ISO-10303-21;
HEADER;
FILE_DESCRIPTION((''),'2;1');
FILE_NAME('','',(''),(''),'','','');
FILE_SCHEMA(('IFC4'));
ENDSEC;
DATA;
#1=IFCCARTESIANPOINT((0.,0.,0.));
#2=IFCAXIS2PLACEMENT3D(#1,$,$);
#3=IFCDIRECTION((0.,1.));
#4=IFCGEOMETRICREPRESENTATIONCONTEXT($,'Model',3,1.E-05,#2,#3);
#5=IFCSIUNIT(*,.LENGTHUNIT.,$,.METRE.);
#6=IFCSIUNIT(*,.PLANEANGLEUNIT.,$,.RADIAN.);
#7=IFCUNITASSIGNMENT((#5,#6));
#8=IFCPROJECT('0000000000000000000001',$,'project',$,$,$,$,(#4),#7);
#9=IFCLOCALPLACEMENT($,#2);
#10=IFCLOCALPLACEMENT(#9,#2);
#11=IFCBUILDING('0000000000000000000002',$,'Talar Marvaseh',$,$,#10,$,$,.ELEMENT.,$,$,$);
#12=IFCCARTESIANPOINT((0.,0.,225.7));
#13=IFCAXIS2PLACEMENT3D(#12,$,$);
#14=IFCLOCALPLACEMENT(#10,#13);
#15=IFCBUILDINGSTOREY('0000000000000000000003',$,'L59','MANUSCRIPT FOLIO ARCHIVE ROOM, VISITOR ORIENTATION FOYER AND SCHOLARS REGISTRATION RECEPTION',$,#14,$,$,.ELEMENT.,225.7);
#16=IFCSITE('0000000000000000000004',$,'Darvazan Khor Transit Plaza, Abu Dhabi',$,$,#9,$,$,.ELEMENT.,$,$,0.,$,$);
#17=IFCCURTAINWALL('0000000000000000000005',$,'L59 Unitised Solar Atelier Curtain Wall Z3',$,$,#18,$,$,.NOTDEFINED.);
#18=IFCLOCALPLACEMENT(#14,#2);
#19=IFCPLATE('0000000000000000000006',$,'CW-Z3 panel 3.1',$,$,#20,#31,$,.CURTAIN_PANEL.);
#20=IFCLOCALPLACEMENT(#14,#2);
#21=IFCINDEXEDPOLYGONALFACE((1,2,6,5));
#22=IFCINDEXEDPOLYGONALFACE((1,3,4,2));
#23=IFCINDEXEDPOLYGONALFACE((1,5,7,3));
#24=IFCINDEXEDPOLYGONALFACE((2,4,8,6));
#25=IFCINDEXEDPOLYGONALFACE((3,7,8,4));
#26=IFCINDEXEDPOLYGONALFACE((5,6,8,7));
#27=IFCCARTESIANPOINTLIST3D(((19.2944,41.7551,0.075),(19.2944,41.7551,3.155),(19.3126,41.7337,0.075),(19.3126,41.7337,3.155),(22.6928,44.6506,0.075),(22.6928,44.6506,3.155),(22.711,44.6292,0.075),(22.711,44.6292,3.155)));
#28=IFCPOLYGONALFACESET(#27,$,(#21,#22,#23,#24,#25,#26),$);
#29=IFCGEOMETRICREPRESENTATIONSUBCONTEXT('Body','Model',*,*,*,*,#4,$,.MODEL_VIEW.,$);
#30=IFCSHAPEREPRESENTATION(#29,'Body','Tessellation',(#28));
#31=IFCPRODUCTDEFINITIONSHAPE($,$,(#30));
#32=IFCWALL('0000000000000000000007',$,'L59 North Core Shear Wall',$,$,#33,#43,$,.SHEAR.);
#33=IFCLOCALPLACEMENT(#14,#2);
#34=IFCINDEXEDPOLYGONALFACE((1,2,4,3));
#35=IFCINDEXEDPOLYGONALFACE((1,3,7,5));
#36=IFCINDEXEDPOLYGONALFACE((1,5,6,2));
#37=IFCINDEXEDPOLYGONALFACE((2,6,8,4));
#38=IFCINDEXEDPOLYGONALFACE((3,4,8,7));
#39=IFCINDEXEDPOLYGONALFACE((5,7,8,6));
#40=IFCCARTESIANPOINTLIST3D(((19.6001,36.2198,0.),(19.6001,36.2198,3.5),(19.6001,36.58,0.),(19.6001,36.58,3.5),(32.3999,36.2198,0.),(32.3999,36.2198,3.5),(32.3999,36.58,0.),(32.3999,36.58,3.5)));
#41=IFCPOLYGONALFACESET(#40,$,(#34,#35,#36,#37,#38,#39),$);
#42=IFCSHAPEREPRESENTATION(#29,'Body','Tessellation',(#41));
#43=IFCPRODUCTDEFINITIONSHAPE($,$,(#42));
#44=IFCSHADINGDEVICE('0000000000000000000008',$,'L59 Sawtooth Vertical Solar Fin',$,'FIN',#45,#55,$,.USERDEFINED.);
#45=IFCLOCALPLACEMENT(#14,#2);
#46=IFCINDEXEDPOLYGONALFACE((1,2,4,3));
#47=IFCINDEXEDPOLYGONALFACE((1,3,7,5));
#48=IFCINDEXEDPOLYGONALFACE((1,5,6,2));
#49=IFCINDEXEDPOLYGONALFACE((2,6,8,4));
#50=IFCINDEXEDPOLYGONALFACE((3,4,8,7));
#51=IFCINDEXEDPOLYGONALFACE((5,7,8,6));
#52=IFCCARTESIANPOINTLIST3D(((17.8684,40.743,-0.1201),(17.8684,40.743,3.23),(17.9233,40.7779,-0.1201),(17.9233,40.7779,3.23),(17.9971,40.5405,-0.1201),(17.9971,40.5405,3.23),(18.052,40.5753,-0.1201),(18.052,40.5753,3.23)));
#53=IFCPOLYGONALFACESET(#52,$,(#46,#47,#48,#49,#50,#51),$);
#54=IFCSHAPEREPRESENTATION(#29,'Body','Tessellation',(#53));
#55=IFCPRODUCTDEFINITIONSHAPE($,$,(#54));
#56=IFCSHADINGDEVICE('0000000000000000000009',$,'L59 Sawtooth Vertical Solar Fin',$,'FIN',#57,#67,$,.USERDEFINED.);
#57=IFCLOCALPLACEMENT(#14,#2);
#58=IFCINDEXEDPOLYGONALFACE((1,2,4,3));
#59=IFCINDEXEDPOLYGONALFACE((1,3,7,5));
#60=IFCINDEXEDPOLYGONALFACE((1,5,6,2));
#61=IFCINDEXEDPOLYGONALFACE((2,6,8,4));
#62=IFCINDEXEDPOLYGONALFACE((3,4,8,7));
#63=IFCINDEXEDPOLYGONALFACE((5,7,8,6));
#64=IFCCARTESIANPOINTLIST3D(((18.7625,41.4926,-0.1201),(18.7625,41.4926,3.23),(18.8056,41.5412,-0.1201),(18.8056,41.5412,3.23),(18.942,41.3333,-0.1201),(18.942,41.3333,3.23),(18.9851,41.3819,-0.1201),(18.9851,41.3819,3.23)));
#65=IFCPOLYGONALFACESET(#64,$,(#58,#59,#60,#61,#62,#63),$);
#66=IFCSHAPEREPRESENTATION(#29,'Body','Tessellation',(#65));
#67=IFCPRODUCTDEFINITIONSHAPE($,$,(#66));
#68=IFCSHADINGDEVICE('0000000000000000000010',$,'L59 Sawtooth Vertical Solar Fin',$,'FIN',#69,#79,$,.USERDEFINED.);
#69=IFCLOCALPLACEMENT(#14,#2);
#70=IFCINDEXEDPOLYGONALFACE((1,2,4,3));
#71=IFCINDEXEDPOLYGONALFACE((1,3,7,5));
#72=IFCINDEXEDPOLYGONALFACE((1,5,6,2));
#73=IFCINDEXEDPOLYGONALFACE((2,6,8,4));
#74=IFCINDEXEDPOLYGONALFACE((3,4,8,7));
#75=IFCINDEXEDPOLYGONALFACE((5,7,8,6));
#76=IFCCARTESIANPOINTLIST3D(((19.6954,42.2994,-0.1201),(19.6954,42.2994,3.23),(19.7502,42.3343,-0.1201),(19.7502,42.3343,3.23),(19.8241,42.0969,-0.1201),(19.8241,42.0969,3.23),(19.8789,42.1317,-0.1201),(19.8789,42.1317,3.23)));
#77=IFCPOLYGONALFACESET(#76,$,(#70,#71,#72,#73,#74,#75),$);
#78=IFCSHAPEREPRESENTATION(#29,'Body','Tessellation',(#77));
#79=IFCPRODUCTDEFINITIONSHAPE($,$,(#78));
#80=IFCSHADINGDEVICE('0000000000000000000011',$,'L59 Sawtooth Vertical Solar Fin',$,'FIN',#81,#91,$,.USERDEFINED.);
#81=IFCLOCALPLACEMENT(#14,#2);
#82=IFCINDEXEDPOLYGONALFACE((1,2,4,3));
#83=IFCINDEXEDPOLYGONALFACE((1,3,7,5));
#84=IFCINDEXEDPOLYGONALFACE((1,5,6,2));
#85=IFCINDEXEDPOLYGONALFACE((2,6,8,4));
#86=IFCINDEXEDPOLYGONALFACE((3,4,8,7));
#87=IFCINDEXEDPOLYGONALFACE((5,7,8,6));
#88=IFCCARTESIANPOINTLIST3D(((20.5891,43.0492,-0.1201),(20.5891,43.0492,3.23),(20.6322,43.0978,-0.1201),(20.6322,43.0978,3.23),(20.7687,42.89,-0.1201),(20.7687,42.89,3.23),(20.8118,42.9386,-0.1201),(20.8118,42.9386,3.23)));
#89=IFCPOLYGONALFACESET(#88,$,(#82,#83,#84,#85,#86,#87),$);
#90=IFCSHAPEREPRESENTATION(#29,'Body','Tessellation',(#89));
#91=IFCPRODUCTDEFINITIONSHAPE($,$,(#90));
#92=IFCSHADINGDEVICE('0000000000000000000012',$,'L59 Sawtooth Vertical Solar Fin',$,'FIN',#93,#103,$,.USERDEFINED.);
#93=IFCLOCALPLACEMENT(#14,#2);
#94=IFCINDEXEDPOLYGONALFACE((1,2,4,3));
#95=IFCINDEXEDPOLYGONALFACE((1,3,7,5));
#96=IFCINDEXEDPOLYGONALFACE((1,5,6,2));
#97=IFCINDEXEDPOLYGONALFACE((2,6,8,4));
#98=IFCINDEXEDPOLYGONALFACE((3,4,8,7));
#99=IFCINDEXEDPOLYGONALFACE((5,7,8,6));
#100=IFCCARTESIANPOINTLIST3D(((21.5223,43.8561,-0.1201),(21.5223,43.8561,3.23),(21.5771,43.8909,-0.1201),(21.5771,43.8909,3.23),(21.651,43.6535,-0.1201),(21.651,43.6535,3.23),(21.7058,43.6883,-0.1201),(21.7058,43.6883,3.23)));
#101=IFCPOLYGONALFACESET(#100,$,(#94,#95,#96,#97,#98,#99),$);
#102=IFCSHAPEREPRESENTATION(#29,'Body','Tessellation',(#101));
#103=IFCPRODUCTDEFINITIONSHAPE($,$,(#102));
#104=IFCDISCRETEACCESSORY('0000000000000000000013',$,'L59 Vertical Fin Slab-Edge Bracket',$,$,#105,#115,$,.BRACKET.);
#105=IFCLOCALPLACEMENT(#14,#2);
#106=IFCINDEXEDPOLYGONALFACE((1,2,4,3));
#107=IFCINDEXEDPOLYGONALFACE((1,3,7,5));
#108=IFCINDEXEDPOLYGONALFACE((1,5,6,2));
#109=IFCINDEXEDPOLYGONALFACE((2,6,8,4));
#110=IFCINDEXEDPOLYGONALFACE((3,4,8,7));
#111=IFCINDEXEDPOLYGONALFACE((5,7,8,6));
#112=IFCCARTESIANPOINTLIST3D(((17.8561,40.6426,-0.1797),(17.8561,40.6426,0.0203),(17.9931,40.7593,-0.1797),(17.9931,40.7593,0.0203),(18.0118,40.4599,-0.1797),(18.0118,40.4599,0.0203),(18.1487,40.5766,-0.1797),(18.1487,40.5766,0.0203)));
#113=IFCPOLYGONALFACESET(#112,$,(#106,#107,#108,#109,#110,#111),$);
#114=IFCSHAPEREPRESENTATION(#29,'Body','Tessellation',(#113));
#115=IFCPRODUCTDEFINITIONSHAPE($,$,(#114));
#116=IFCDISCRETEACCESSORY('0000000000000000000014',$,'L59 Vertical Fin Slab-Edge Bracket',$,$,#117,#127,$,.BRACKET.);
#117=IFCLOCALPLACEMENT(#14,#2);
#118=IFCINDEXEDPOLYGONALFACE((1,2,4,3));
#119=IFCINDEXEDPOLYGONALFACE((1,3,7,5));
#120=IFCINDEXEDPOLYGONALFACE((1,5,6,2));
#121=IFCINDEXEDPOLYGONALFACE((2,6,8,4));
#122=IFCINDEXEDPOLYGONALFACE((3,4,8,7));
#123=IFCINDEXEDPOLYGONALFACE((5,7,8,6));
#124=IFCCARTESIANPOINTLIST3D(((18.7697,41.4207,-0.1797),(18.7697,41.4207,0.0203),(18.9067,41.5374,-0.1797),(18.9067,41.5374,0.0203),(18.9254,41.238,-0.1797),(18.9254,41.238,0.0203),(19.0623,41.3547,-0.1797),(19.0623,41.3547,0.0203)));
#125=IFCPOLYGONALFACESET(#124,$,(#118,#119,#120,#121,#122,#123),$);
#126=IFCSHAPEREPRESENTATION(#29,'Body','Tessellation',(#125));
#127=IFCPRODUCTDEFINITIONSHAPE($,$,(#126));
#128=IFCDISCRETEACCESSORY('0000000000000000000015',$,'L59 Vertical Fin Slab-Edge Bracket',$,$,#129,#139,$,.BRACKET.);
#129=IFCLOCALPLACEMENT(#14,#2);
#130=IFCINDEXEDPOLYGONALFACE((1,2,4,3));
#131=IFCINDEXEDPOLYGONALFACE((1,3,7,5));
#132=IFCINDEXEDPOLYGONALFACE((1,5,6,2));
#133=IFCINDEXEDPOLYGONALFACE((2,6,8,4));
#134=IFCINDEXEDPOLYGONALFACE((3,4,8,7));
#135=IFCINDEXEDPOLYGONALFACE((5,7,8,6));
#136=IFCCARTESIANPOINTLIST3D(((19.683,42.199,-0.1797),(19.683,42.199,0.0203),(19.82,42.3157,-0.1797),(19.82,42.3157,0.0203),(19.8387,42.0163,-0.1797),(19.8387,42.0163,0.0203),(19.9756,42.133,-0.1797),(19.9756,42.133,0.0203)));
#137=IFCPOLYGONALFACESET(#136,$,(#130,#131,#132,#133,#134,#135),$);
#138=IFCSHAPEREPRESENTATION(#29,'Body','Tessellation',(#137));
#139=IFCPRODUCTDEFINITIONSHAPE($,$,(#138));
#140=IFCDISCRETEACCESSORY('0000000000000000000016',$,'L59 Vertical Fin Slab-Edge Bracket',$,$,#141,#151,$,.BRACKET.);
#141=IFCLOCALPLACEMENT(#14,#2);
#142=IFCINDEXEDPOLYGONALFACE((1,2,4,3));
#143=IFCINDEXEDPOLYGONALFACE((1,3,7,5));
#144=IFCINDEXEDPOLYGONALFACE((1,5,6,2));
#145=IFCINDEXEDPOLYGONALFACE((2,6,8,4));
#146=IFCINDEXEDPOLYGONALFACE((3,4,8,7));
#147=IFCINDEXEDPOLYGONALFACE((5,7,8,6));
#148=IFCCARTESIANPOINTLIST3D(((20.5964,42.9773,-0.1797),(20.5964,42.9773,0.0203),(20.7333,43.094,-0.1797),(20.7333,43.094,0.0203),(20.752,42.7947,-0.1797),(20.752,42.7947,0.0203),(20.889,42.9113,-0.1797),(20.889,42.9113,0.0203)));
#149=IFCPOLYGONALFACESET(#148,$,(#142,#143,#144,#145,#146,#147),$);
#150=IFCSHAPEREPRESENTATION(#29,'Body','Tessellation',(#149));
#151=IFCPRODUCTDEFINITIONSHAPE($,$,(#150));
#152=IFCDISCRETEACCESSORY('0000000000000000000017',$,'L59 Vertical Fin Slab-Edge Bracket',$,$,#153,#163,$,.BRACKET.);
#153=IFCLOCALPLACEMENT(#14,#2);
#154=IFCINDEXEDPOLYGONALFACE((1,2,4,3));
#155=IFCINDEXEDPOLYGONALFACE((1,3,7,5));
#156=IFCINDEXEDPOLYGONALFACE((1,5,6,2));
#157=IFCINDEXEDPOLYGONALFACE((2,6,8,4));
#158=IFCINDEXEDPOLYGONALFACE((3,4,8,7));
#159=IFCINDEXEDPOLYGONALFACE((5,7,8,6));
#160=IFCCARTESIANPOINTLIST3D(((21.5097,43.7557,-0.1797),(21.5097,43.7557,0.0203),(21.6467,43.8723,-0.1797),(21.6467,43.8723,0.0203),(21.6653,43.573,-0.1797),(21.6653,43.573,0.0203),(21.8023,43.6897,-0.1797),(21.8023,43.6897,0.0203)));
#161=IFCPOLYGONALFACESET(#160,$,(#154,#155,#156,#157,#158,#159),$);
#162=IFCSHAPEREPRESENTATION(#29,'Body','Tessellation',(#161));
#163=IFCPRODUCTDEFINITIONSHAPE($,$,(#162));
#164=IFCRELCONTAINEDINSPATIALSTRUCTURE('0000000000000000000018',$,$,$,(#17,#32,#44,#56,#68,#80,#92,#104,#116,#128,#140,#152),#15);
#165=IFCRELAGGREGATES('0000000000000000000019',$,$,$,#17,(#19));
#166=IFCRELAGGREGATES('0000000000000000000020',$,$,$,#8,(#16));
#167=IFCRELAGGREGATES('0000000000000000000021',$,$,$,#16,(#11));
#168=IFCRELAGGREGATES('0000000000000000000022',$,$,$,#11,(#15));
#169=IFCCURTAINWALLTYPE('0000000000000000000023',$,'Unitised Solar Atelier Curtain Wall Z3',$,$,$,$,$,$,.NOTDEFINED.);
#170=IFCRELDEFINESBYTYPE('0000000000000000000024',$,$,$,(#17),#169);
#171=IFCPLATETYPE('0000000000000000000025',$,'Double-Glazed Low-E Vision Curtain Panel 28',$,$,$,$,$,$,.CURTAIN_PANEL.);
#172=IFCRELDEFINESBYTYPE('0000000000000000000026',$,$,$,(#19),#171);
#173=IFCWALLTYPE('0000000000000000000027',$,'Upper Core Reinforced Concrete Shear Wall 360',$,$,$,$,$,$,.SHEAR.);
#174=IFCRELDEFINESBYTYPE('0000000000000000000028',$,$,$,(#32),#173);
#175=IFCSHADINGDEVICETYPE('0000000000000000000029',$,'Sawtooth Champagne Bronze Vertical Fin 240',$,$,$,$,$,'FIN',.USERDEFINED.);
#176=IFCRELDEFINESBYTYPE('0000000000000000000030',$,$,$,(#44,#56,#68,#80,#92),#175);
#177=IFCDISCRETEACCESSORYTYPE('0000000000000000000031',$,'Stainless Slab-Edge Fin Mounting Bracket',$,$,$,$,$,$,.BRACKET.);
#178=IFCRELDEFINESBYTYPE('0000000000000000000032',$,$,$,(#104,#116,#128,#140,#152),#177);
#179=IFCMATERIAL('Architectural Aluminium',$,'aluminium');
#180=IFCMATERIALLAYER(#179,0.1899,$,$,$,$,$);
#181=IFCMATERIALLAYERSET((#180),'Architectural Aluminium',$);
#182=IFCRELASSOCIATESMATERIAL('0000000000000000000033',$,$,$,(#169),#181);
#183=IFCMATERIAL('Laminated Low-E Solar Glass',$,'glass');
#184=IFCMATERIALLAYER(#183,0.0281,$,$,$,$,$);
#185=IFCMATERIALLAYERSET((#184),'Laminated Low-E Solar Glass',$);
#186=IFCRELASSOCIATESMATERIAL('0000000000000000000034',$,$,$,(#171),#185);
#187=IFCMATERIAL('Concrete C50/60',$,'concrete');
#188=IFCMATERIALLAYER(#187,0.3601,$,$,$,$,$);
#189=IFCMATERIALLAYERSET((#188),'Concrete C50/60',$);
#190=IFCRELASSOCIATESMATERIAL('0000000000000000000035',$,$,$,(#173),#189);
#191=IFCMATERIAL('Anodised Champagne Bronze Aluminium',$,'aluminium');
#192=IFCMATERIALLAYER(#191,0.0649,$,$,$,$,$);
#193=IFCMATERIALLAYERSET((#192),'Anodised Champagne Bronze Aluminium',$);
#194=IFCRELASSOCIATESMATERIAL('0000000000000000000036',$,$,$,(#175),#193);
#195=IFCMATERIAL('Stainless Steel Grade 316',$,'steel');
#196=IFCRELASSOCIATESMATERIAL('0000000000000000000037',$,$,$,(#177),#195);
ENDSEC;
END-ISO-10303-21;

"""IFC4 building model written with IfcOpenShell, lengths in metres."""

from ifc_helpers import new_model, si_unit, direction, frame, frame_2d, origin, origin_2d, place, context, subcontext, project, spatial, rectangle, extrude, source, transform, mapped, material, layer, layer_set, type_object, type_shapes, element, aggregate, save


model = new_model("IFC4")

# Units and contexts
model_context = context("Model", 3, precision=1e-05, world=origin(), true_north=direction((0.0, 1.0)))
body_context = subcontext(model_context, "Body", "Model", "MODEL_VIEW")
ifc_project = project(units=[si_unit("LENGTHUNIT", "METRE"), si_unit("PLANEANGLEUNIT", "RADIAN")], contexts=[model_context])

# Site, building, storey
site_placement = place(None, origin())
site = spatial("IfcSite", under=ifc_project, at=site_placement, Name="Darvazan Khor Transit Plaza, Abu Dhabi", CompositionType="ELEMENT", RefElevation=0.0)
building_placement = place(site_placement, origin())
building = spatial("IfcBuilding", under=site, at=building_placement, Name="Talar Marvaseh", CompositionType="ELEMENT")
storey_placement = place(building_placement, frame((0.0, 0.0, 225.7)))
storey = spatial("IfcBuildingStorey", under=building, at=storey_placement, Name="L59", Description="MANUSCRIPT FOLIO ARCHIVE ROOM, VISITOR ORIENTATION FOYER AND SCHOLARS REGISTRATION RECEPTION", CompositionType="ELEMENT", Elevation=225.7)

# Curtain wall, plate
ifc_material_1 = material(Name="Architectural Aluminium", Category="aluminium")
ifc_layer_1 = layer(ifc_material_1, 0.1899)
ifc_layer_set_1 = layer_set([ifc_layer_1], Name="Architectural Aluminium")
curtain_wall_type = type_object("IfcCurtainWallType", Name="Unitised Solar Atelier Curtain Wall Z3", PredefinedType="NOTDEFINED", material=ifc_layer_set_1)
curtain_wall_placement = place(storey_placement, origin())
curtain_wall = element("IfcCurtainWall", 1, at=curtain_wall_placement, inside=storey, type_object=curtain_wall_type, Name="L59 Unitised Solar Atelier Curtain Wall Z3", PredefinedType="NOTDEFINED")
ifc_material_2 = material(Name="Laminated Low-E Solar Glass", Category="glass")
ifc_layer_2 = layer(ifc_material_2, 0.0281)
ifc_layer_set_2 = layer_set([ifc_layer_2], Name="Laminated Low-E Solar Glass")
plate_type = type_object("IfcPlateType", Name="Double-Glazed Low-E Vision Curtain Panel 28", PredefinedType="CURTAIN_PANEL", material=ifc_layer_set_2)
shared_shape_1 = source(origin(), body_context, "Body", "SweptSolid", [
    extrude(rectangle(XDim=4.4646, YDim=0.0281, at=origin_2d()), origin(), (0.0, 0.0, 1.0), 3.0801),
])
type_shapes(plate_type, [shared_shape_1])
plate_placement = place(storey_placement, frame((21.0027, 43.1921, 0.075), z_axis=(0.0, 0.0, 1.0), x_axis=(0.761176, 0.648546, 0.0)))
plate = element("IfcPlate", 2, at=plate_placement, type_object=plate_type, Name="CW-Z3 panel 3.1", PredefinedType="CURTAIN_PANEL", context=body_context, shape_type="MappedRepresentation", body=[
    mapped(shared_shape_1, transform((0.0, 0.0, 0.0), x_axis=(1.0, 0.0, 0.0), y_axis=(0.0, 1.0, 0.0), z_axis=(0.0, 0.0, 1.0), scale=1.0)),
])
aggregate(curtain_wall, [plate])

# Wall
ifc_material_3 = material(Name="Concrete C50/60", Category="concrete")
ifc_layer_3 = layer(ifc_material_3, 0.3601)
ifc_layer_set_3 = layer_set([ifc_layer_3], Name="Concrete C50/60")
wall_type = type_object("IfcWallType", Name="Upper Core Reinforced Concrete Shear Wall 360", PredefinedType="SHEAR", material=ifc_layer_set_3)
wall_placement = place(storey_placement, frame((19.6001, 36.3999, 0.0), z_axis=(0.0, 0.0, 1.0), x_axis=(1.0, 0.0, 0.0)))
element("IfcWall", 3, at=wall_placement, inside=storey, type_object=wall_type, Name="L59 North Core Shear Wall", PredefinedType="SHEAR", context=body_context, shape_type="SweptSolid", body=[
    extrude(rectangle(XDim=12.7998, YDim=0.3601, at=frame_2d((6.3999, 0.0))), origin(), (0.0, 0.0, 1.0), 3.5),
])

# Shading devices
ifc_material_4 = material(Name="Anodised Champagne Bronze Aluminium", Category="aluminium")
ifc_layer_4 = layer(ifc_material_4, 0.0649)
ifc_layer_set_4 = layer_set([ifc_layer_4], Name="Anodised Champagne Bronze Aluminium")
shading_device_type = type_object("IfcShadingDeviceType", Name="Sawtooth Champagne Bronze Vertical Fin 240", ElementType="FIN", PredefinedType="USERDEFINED", material=ifc_layer_set_4)
shared_shape_2 = source(origin(), body_context, "Body", "SweptSolid", [
    extrude(rectangle(XDim=0.24, YDim=0.0649, at=origin_2d()), origin(), (0.0, 0.0, 1.0), 3.3501),
])
type_shapes(shading_device_type, [shared_shape_2])
for number, where, z_axis, x_axis, name in (
    (4, (17.9602, 40.6592, -0.1201), (0.0, 0.0, 1.0), (-0.536269, 0.844047, 0.0), "L59 Sawtooth Vertical Solar Fin"),
    (5, (18.8738, 41.4373, -0.1201), (0.0, 0.0, 1.0), (-0.748146, 0.663535, 0.0), "L59 Sawtooth Vertical Solar Fin"),
    (6, (19.7871, 42.2156, -0.1201), (0.0, 0.0, 1.0), (-0.536269, 0.844047, 0.0), "L59 Sawtooth Vertical Solar Fin"),
    (7, (20.7004, 42.9939, -0.1201), (0.0, 0.0, 1.0), (-0.748146, 0.663535, 0.0), "L59 Sawtooth Vertical Solar Fin"),
    (8, (21.614, 43.7722, -0.1201), (0.0, 0.0, 1.0), (-0.536269, 0.844047, 0.0), "L59 Sawtooth Vertical Solar Fin"),
):
    element("IfcShadingDevice", number, at=place(storey_placement, frame(where, z_axis=z_axis, x_axis=x_axis)), inside=storey, type_object=shading_device_type, Name=name, ObjectType="FIN", PredefinedType="USERDEFINED", context=body_context, shape_type="MappedRepresentation", body=[
        mapped(shared_shape_2, transform((0.0, 0.0, 0.0), x_axis=(1.0, 0.0, 0.0), y_axis=(0.0, 1.0, 0.0), z_axis=(0.0, 0.0, 1.0), scale=1.0)),
    ])

# Discrete accessories
ifc_material_5 = material(Name="Stainless Steel Grade 316", Category="steel")
discrete_accessory_type = type_object("IfcDiscreteAccessoryType", Name="Stainless Slab-Edge Fin Mounting Bracket", PredefinedType="BRACKET", material=ifc_material_5)
shared_shape_3 = source(origin(), body_context, "Body", "SweptSolid", [
    extrude(rectangle(XDim=0.24, YDim=0.1799, at=origin_2d()), origin(), (0.0, 0.0, 1.0), 0.2),
])
type_shapes(discrete_accessory_type, [shared_shape_3])
for number, where, z_axis, x_axis, name in (
    (9, (18.0024, 40.6096, -0.1797), (0.0, 0.0, 1.0), (-0.648519, 0.761199, 0.0), "L59 Vertical Fin Slab-Edge Bracket"),
    (10, (18.916, 41.3877, -0.1797), (0.0, 0.0, 1.0), (-0.648519, 0.761199, 0.0), "L59 Vertical Fin Slab-Edge Bracket"),
    (11, (19.8293, 42.166, -0.1797), (0.0, 0.0, 1.0), (-0.648519, 0.761199, 0.0), "L59 Vertical Fin Slab-Edge Bracket"),
    (12, (20.7427, 42.9443, -0.1797), (0.0, 0.0, 1.0), (-0.648519, 0.761199, 0.0), "L59 Vertical Fin Slab-Edge Bracket"),
    (13, (21.656, 43.7227, -0.1797), (0.0, 0.0, 1.0), (-0.648519, 0.761199, 0.0), "L59 Vertical Fin Slab-Edge Bracket"),
):
    element("IfcDiscreteAccessory", number, at=place(storey_placement, frame(where, z_axis=z_axis, x_axis=x_axis)), inside=storey, type_object=discrete_accessory_type, Name=name, PredefinedType="BRACKET", context=body_context, shape_type="MappedRepresentation", body=[
        mapped(shared_shape_3, transform((0.0, 0.0, 0.0), x_axis=(1.0, 0.0, 0.0), y_axis=(0.0, 1.0, 0.0), z_axis=(0.0, 0.0, 1.0), scale=1.0)),
    ])

save(model, "model.ifc")
